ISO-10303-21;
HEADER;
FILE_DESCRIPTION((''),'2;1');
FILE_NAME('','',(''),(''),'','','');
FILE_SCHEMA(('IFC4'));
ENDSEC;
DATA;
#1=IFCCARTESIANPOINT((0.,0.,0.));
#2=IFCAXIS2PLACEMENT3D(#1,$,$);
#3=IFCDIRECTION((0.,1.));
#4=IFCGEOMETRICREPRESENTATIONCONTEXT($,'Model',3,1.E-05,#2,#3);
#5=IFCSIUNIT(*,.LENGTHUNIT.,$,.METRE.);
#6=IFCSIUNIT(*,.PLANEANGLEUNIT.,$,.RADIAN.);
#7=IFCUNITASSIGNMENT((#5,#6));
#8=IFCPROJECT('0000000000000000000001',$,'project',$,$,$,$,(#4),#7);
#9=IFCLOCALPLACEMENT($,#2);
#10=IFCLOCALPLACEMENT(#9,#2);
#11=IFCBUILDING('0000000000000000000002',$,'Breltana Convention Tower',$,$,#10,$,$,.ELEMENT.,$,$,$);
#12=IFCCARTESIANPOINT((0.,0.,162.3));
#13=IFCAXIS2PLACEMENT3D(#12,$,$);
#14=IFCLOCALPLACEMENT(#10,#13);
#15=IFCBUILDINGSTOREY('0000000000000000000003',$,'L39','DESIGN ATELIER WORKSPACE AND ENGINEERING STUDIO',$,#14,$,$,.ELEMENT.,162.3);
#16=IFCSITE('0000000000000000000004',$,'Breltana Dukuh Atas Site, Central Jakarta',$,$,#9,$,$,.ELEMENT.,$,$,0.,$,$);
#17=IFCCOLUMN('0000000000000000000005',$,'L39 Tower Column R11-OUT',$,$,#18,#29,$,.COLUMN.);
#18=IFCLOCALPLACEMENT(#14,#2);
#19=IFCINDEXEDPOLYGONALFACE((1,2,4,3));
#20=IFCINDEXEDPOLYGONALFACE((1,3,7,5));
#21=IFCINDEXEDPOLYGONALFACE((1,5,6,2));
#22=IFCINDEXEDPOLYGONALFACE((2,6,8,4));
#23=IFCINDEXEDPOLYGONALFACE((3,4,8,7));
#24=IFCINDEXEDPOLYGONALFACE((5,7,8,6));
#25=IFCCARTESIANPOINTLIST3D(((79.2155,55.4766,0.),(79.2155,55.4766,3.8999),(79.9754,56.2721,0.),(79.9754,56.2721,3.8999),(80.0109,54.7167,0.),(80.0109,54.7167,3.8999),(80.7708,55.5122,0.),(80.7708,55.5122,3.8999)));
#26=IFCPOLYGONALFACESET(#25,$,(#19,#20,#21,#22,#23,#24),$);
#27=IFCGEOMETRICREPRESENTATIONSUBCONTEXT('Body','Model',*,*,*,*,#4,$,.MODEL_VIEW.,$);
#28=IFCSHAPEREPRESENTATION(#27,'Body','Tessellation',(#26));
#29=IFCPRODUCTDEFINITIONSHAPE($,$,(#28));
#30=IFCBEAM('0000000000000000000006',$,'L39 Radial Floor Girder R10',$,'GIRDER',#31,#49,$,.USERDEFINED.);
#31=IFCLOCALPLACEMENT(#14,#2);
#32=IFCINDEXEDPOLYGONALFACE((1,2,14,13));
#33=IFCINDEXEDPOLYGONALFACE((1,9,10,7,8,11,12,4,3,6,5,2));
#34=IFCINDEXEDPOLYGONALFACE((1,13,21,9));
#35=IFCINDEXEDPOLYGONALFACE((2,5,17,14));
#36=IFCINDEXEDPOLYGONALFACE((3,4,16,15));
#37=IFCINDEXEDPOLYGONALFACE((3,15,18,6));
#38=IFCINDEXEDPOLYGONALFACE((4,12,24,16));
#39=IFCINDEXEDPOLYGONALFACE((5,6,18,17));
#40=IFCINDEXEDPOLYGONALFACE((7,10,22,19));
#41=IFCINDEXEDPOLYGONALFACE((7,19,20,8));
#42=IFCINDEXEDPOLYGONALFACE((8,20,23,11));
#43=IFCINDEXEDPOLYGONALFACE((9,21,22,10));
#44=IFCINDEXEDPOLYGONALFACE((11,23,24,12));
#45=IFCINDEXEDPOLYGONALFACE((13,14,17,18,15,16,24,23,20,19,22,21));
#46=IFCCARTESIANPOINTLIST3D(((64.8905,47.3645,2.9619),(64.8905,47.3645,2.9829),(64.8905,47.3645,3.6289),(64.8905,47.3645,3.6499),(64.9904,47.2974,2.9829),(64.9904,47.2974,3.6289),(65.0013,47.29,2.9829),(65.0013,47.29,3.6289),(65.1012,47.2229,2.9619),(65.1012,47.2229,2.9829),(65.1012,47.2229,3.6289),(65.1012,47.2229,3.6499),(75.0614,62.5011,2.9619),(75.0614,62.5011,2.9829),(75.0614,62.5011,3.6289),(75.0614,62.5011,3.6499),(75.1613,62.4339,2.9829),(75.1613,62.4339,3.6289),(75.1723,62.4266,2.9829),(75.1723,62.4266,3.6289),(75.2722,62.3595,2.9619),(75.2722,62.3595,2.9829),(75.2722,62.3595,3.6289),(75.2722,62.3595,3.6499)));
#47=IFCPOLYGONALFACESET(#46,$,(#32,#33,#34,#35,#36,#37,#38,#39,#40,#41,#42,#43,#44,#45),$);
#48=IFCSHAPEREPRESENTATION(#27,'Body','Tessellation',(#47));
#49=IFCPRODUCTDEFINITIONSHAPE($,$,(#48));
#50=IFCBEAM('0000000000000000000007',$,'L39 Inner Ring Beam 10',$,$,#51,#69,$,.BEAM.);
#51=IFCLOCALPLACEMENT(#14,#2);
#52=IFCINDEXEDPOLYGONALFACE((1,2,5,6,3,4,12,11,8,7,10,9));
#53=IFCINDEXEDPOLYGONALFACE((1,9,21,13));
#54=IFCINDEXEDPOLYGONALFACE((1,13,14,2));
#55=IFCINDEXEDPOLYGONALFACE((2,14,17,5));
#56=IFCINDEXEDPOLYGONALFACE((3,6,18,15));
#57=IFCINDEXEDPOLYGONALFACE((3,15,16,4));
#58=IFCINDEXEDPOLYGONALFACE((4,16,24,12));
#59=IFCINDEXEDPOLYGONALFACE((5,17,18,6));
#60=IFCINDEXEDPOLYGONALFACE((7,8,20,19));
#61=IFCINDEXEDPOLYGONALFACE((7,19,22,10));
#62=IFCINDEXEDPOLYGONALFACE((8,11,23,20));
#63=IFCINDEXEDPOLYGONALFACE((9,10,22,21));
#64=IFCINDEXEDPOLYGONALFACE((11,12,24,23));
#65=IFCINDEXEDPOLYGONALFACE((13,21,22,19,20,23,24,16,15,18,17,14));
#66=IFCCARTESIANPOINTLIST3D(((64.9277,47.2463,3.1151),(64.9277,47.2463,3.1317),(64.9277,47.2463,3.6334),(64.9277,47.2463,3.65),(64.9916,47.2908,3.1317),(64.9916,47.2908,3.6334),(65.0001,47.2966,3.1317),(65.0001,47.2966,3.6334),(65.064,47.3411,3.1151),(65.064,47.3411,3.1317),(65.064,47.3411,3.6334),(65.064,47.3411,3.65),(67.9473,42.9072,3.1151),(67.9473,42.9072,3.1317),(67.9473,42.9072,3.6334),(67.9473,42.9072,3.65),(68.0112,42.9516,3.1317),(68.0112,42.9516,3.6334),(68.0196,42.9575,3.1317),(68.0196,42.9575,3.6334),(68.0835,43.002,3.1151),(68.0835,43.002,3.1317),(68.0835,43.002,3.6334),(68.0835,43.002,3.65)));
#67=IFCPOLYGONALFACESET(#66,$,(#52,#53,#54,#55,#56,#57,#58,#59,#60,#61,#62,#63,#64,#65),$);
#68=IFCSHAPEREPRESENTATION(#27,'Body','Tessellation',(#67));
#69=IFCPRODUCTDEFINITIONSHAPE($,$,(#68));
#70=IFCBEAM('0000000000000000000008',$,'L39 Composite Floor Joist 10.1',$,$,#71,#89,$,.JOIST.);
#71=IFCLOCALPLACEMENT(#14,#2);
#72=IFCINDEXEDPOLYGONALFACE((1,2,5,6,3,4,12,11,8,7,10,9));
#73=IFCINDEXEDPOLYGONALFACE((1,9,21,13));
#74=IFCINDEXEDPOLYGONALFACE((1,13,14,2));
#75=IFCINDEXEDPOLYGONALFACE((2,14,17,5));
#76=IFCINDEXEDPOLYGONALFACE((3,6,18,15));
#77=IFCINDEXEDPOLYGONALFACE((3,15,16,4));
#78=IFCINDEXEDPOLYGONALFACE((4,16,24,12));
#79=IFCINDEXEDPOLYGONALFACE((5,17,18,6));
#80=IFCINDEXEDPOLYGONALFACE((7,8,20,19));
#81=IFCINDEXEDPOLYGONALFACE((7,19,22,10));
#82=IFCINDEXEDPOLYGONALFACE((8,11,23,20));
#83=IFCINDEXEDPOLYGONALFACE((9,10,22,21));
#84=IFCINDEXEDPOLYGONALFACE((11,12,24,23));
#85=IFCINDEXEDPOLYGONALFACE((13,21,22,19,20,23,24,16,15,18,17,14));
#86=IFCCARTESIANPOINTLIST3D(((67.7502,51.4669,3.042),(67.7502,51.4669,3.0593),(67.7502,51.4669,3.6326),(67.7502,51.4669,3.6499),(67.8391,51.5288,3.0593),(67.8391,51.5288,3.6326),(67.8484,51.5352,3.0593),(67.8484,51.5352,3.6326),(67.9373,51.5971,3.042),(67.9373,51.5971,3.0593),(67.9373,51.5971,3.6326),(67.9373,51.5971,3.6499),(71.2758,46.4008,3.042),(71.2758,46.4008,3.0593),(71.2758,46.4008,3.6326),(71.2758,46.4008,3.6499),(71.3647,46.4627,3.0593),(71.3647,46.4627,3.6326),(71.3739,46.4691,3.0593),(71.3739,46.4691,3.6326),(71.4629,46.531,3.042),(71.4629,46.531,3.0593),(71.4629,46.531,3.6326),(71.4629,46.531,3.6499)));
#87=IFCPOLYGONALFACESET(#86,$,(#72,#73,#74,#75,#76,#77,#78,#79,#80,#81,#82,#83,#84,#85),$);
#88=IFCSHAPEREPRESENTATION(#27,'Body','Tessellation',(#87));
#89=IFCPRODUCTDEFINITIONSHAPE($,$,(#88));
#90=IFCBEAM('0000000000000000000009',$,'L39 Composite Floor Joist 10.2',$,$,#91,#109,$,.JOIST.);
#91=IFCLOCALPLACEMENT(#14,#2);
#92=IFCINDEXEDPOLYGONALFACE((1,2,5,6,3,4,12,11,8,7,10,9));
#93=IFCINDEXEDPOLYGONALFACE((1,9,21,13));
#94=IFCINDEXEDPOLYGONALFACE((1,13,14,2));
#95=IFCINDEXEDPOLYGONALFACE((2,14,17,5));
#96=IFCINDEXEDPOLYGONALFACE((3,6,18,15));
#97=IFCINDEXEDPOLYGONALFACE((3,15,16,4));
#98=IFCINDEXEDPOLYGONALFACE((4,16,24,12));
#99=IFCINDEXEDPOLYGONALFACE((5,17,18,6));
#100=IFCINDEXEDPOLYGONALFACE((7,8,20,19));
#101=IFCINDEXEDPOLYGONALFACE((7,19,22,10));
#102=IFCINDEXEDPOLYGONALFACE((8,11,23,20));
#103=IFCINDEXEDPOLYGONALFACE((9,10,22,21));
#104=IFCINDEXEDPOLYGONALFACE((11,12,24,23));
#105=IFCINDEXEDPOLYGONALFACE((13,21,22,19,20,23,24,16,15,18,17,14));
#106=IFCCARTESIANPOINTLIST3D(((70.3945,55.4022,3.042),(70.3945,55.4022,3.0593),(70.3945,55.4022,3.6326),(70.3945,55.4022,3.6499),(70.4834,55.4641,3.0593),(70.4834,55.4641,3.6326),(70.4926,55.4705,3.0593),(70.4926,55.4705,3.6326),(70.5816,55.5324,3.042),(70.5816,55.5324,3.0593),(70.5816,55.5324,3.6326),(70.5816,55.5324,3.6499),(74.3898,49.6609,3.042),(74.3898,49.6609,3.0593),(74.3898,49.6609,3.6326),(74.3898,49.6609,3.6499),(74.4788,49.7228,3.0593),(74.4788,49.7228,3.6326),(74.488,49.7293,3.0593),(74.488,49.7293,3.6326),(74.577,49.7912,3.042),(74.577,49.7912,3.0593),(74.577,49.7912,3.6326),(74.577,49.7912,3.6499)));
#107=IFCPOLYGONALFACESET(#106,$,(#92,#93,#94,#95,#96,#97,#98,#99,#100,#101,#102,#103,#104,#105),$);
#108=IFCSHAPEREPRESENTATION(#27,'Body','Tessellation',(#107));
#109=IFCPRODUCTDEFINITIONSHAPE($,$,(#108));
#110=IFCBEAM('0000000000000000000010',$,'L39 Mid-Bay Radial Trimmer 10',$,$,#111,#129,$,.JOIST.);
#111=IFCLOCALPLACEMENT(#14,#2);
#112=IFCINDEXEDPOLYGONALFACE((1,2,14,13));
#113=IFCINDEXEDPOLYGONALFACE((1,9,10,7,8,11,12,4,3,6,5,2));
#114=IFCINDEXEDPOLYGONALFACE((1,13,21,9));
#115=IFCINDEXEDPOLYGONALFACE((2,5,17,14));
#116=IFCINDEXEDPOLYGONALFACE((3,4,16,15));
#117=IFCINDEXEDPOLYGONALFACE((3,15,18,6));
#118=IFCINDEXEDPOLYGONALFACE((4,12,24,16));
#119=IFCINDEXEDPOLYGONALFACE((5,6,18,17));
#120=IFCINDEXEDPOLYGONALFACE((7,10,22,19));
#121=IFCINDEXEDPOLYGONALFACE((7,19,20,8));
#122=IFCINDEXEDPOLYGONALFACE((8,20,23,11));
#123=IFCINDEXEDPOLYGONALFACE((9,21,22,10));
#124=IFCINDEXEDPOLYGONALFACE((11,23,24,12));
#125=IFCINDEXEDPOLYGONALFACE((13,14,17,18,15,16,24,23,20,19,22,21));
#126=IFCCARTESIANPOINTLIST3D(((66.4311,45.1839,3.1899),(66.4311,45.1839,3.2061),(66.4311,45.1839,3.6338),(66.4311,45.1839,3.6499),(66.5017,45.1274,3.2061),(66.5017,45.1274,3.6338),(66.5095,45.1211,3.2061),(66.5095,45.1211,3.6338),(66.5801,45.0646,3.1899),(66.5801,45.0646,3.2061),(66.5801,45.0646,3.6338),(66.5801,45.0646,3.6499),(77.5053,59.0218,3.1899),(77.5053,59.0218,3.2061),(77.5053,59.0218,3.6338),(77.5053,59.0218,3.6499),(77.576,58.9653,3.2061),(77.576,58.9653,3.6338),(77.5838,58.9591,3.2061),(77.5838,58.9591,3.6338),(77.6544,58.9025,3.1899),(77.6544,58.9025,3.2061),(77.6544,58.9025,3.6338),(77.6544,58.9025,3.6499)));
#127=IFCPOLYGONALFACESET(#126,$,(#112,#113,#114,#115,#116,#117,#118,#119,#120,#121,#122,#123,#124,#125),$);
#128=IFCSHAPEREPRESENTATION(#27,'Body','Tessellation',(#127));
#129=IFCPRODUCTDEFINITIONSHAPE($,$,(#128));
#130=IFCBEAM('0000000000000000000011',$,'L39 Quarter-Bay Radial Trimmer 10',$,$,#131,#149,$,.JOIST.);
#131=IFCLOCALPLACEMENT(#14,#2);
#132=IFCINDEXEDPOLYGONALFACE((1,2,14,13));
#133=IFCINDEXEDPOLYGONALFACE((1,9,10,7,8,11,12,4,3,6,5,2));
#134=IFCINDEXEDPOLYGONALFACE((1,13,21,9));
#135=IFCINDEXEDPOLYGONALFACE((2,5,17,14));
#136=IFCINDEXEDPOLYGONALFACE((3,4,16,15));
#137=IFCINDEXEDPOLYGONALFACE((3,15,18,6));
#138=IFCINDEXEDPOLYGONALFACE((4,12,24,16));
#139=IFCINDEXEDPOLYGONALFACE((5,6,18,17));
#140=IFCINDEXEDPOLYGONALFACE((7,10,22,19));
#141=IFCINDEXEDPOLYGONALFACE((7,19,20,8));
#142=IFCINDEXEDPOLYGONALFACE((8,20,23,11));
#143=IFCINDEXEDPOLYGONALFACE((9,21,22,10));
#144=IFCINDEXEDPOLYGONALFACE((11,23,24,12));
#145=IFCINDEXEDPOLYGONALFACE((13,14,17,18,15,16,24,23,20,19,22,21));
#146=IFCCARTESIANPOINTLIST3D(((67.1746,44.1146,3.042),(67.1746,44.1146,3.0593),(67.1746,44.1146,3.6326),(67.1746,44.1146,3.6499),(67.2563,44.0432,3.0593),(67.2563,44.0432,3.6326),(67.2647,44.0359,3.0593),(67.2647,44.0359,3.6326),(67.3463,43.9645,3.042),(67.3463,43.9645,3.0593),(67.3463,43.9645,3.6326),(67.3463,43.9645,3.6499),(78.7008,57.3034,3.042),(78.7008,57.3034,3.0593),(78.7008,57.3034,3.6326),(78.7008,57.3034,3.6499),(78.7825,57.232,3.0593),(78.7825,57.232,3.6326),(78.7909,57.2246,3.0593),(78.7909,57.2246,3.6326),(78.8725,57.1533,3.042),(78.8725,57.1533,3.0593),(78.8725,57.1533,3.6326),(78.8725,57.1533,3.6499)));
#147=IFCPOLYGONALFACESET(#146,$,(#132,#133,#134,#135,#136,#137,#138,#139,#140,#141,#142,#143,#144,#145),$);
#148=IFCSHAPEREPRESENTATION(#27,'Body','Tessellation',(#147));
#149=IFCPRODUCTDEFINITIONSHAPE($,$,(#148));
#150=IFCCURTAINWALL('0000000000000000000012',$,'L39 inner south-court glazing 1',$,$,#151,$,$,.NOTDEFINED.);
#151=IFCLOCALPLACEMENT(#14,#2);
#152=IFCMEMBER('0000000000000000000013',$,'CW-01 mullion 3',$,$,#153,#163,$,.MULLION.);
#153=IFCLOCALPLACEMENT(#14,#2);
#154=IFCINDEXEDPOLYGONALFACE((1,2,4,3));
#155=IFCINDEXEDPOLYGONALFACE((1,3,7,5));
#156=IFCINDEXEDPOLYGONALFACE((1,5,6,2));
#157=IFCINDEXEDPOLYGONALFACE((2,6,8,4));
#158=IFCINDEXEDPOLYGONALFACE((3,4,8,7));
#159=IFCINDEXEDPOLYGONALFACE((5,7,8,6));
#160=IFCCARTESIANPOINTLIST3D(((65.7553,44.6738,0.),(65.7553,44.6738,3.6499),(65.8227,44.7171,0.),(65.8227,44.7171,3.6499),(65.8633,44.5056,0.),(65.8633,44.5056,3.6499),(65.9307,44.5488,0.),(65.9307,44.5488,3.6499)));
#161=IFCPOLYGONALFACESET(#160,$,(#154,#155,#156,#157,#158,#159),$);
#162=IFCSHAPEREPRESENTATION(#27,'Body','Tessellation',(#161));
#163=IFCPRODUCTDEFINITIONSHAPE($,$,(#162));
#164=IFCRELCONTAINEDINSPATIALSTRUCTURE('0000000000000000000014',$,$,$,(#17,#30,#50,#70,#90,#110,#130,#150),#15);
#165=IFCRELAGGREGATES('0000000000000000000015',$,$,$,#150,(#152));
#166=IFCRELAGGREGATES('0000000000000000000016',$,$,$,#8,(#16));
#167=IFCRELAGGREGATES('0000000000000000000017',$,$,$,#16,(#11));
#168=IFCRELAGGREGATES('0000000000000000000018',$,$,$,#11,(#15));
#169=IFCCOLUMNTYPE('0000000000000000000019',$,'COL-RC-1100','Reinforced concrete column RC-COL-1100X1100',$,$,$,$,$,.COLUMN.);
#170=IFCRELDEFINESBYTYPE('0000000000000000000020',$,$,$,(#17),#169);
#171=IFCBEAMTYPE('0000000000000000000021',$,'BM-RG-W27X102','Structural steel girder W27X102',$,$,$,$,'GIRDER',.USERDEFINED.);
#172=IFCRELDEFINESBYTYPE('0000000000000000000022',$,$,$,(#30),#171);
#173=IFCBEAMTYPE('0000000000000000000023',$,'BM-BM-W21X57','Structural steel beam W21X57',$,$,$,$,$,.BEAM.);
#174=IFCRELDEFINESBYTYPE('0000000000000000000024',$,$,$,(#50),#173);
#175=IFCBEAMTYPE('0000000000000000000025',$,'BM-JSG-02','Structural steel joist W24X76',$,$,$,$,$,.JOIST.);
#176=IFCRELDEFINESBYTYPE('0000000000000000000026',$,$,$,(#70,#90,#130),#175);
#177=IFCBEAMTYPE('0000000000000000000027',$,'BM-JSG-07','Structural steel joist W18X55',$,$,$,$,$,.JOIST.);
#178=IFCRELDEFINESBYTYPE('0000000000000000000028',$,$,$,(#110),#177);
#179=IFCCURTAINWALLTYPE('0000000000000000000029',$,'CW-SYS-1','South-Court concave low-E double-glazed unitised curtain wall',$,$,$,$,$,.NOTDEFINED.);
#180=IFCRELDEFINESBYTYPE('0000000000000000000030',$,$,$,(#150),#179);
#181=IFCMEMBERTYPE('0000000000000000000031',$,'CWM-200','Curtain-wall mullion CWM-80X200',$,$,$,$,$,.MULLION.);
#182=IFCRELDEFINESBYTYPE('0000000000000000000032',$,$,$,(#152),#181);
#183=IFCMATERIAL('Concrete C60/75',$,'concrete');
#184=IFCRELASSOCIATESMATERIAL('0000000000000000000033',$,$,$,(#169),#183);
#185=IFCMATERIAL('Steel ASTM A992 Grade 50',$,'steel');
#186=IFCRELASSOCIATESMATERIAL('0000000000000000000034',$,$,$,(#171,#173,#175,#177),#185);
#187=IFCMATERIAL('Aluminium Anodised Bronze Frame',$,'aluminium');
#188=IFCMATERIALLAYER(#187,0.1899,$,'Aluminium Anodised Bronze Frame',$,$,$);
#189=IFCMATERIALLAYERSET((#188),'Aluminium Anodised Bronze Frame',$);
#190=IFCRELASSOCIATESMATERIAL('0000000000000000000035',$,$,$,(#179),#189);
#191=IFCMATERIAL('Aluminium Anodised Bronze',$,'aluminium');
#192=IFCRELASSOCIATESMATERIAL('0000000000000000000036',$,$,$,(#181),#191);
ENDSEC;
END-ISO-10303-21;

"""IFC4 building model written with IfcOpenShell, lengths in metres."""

from ifc_helpers import new_model, si_unit, direction, frame, origin, origin_2d, place, context, subcontext, project, spatial, rectangle, i_section, extrude, source, transform, mapped, material, layer, layer_set, material_profile, profile_set, type_object, element, aggregate, save


model = new_model("IFC4")

# Units and contexts
model_context = context("Model", 3, precision=1e-05, world=origin(), true_north=direction((0.0, 1.0)))
body_context = subcontext(model_context, "Body", "Model", "MODEL_VIEW")
ifc_project = project(units=[si_unit("LENGTHUNIT", "METRE"), si_unit("PLANEANGLEUNIT", "RADIAN")], contexts=[model_context])

# Site, building, storey
site_placement = place(None, origin())
site = spatial("IfcSite", under=ifc_project, at=site_placement, Name="Breltana Dukuh Atas Site, Central Jakarta", CompositionType="ELEMENT", RefElevation=0.0)
building_placement = place(site_placement, origin())
building = spatial("IfcBuilding", under=site, at=building_placement, Name="Breltana Convention Tower", CompositionType="ELEMENT")
storey_placement = place(building_placement, frame((0.0, 0.0, 162.3)))
storey = spatial("IfcBuildingStorey", under=building, at=storey_placement, Name="L39", Description="DESIGN ATELIER WORKSPACE AND ENGINEERING STUDIO", CompositionType="ELEMENT", Elevation=162.3)

# Column
ifc_material_1 = material(Name="Concrete C60/75", Category="concrete")
ifc_material_profile_1 = material_profile(ifc_material_1, rectangle(XDim=1.1001, YDim=1.1001, at=origin_2d()), Name="RC-COL-1100X1100")
ifc_profile_set_1 = profile_set([ifc_material_profile_1], Name="Concrete C60/75")
column_type = type_object("IfcColumnType", Name="COL-RC-1100", Description="Reinforced concrete column RC-COL-1100X1100", PredefinedType="COLUMN", material=ifc_profile_set_1)
shared_shape_1 = source(origin(), body_context, "Body", "SweptSolid", [
    extrude(rectangle(XDim=1.1001, YDim=1.1001, at=origin_2d()), origin(), (0.0, 0.0, 1.0), 3.8999),
])
column_placement = place(storey_placement, frame((79.9932, 55.4944, 0.0), z_axis=(0.0, 0.0, 1.0), x_axis=(0.690756, 0.723088, 0.0)))
element("IfcColumn", 1, at=column_placement, inside=storey, type_object=column_type, Name="L39 Tower Column R11-OUT", PredefinedType="COLUMN", context=body_context, shape_type="MappedRepresentation", body=[
    mapped(shared_shape_1, transform((0.0, 0.0, 0.0), scale=1.0)),
])

# Beams
ifc_material_2 = material(Name="Steel ASTM A992 Grade 50", Category="steel")
ifc_material_profile_2 = material_profile(ifc_material_2, i_section(OverallWidth=0.2539, OverallDepth=0.688, WebThickness=0.0132, FlangeThickness=0.021, at=origin_2d()), Name="W27X102")
ifc_profile_set_2 = profile_set([ifc_material_profile_2], Name="Steel ASTM A992 Grade 50")
beam_type_1 = type_object("IfcBeamType", Name="BM-RG-W27X102", Description="Structural steel girder W27X102", ElementType="GIRDER", PredefinedType="USERDEFINED", material=ifc_profile_set_2)
shared_shape_2 = source(origin(), body_context, "Body", "SweptSolid", [
    extrude(i_section(OverallWidth=0.2539, OverallDepth=0.688, WebThickness=0.0132, FlangeThickness=0.021, at=origin_2d()), origin(), (0.0, 0.0, 1.0), 18.2363),
])
beam_1_placement = place(storey_placement, frame((64.9958, 47.2937, 3.3059), z_axis=(0.55773, 0.830022, 0.0), x_axis=(-0.830022, 0.55773, 0.0)))
element("IfcBeam", 2, at=beam_1_placement, inside=storey, type_object=beam_type_1, Name="L39 Radial Floor Girder R10", ObjectType="GIRDER", PredefinedType="USERDEFINED", context=body_context, shape_type="MappedRepresentation", body=[
    mapped(shared_shape_2, transform((0.0, 0.0, 0.0), scale=1.0)),
])
ifc_material_profile_3 = material_profile(ifc_material_2, i_section(OverallWidth=0.166, OverallDepth=0.5349, WebThickness=0.0103, FlangeThickness=0.0166, at=origin_2d()), Name="W21X57")
ifc_profile_set_3 = profile_set([ifc_material_profile_3], Name="Steel ASTM A992 Grade 50")
beam_type_2 = type_object("IfcBeamType", Name="BM-BM-W21X57", Description="Structural steel beam W21X57", PredefinedType="BEAM", material=ifc_profile_set_3)
shared_shape_3 = source(origin(), body_context, "Body", "SweptSolid", [
    extrude(i_section(OverallWidth=0.166, OverallDepth=0.5349, WebThickness=0.0103, FlangeThickness=0.0166, at=origin_2d()), origin(), (0.0, 0.0, 1.0), 5.2864),
])
beam_2_placement = place(storey_placement, frame((64.9958, 47.2937, 3.3826), z_axis=(0.571194, -0.820815, 0.0), x_axis=(0.820815, 0.571194, 0.0)))
element("IfcBeam", 3, at=beam_2_placement, inside=storey, type_object=beam_type_2, Name="L39 Inner Ring Beam 10", PredefinedType="BEAM", context=body_context, shape_type="MappedRepresentation", body=[
    mapped(shared_shape_3, transform((0.0, 0.0, 0.0), scale=1.0)),
])
ifc_material_profile_4 = material_profile(ifc_material_2, i_section(OverallWidth=0.228, OverallDepth=0.6079, WebThickness=0.0112, FlangeThickness=0.0173, at=origin_2d()), Name="W24X76")
ifc_profile_set_4 = profile_set([ifc_material_profile_4], Name="Steel ASTM A992 Grade 50")
beam_type_3 = type_object("IfcBeamType", Name="BM-JSG-02", Description="Structural steel joist W24X76", PredefinedType="JOIST", material=ifc_profile_set_4)
shared_shape_4 = source(origin(), body_context, "Body", "SweptSolid", [
    extrude(i_section(OverallWidth=0.228, OverallDepth=0.6079, WebThickness=0.0112, FlangeThickness=0.0173, at=origin_2d()), origin(), (0.0, 0.0, 1.0), 6.1721),
])
beam_3_placement = place(storey_placement, frame((67.8438, 51.532, 3.3459), z_axis=(0.571212, -0.820803, 0.0), x_axis=(0.820803, 0.571212, 0.0)))
element("IfcBeam", 4, at=beam_3_placement, inside=storey, type_object=beam_type_3, Name="L39 Composite Floor Joist 10.1", PredefinedType="JOIST", context=body_context, shape_type="MappedRepresentation", body=[
    mapped(shared_shape_4, transform((0.0, 0.0, 0.0), scale=1.0)),
])
shared_shape_5 = source(origin(), body_context, "Body", "SweptSolid", [
    extrude(i_section(OverallWidth=0.228, OverallDepth=0.6079, WebThickness=0.0112, FlangeThickness=0.0173, at=origin_2d()), origin(), (0.0, 0.0, 1.0), 6.9946),
])
beam_4_placement = place(storey_placement, frame((70.488, 55.4673, 3.3459), z_axis=(0.571207, -0.820806, 0.0), x_axis=(0.820806, 0.571207, 0.0)))
element("IfcBeam", 5, at=beam_4_placement, inside=storey, type_object=beam_type_3, Name="L39 Composite Floor Joist 10.2", PredefinedType="JOIST", context=body_context, shape_type="MappedRepresentation", body=[
    mapped(shared_shape_5, transform((0.0, 0.0, 0.0), scale=1.0)),
])
ifc_material_profile_5 = material_profile(ifc_material_2, i_section(OverallWidth=0.1909, OverallDepth=0.46, WebThickness=0.01, FlangeThickness=0.0161, at=origin_2d()), Name="W18X55")
ifc_profile_set_5 = profile_set([ifc_material_profile_5], Name="Steel ASTM A992 Grade 50")
beam_type_4 = type_object("IfcBeamType", Name="BM-JSG-07", Description="Structural steel joist W18X55", PredefinedType="JOIST", material=ifc_profile_set_5)
shared_shape_6 = source(origin(), body_context, "Body", "SweptSolid", [
    extrude(i_section(OverallWidth=0.1909, OverallDepth=0.46, WebThickness=0.01, FlangeThickness=0.0161, at=origin_2d()), origin(), (0.0, 0.0, 1.0), 17.7236),
])
beam_5_placement = place(storey_placement, frame((66.5056, 45.1243, 3.4199), z_axis=(0.624829, 0.780761, 0.0), x_axis=(-0.780761, 0.624829, 0.0)))
element("IfcBeam", 6, at=beam_5_placement, inside=storey, type_object=beam_type_4, Name="L39 Mid-Bay Radial Trimmer 10", PredefinedType="JOIST", context=body_context, shape_type="MappedRepresentation", body=[
    mapped(shared_shape_6, transform((0.0, 0.0, 0.0), scale=1.0)),
])
shared_shape_7 = source(origin(), body_context, "Body", "SweptSolid", [
    extrude(i_section(OverallWidth=0.228, OverallDepth=0.6079, WebThickness=0.0112, FlangeThickness=0.0173, at=origin_2d()), origin(), (0.0, 0.0, 1.0), 17.5156),
])
beam_6_placement = place(storey_placement, frame((67.2605, 44.0396, 3.3459), z_axis=(0.658052, 0.752973, 0.0), x_axis=(-0.752973, 0.658052, 0.0)))
element("IfcBeam", 7, at=beam_6_placement, inside=storey, type_object=beam_type_3, Name="L39 Quarter-Bay Radial Trimmer 10", PredefinedType="JOIST", context=body_context, shape_type="MappedRepresentation", body=[
    mapped(shared_shape_7, transform((0.0, 0.0, 0.0), scale=1.0)),
])

# Curtain wall, member
ifc_material_3 = material(Name="Aluminium Anodised Bronze Frame", Category="aluminium")
ifc_layer_1 = layer(ifc_material_3, 0.1899, Name="Aluminium Anodised Bronze Frame")
ifc_layer_set_1 = layer_set([ifc_layer_1], Name="Aluminium Anodised Bronze Frame")
curtain_wall_type_1 = type_object("IfcCurtainWallType", Name="CW-SYS-1", Description="South-Court concave low-E double-glazed unitised curtain wall", PredefinedType="NOTDEFINED", material=ifc_layer_set_1)
curtain_wall_1_placement = place(storey_placement, origin())
curtain_wall_1 = element("IfcCurtainWall", 8, at=curtain_wall_1_placement, inside=storey, type_object=curtain_wall_type_1, Name="L39 inner south-court glazing 1", PredefinedType="NOTDEFINED")
ifc_material_4 = material(Name="Aluminium Anodised Bronze", Category="aluminium")
ifc_material_profile_6 = material_profile(ifc_material_4, rectangle(XDim=0.0801, YDim=0.2, at=origin_2d()), Name="CWM-80X200")
ifc_profile_set_6 = profile_set([ifc_material_profile_6], Name="Aluminium Anodised Bronze")
member_type_1 = type_object("IfcMemberType", Name="CWM-200", Description="Curtain-wall mullion CWM-80X200", PredefinedType="MULLION", material=ifc_profile_set_6)
shared_shape_8 = source(origin(), body_context, "Body", "SweptSolid", [
    extrude(rectangle(XDim=0.0801, YDim=0.2, at=origin_2d()), origin(), (0.0, 0.0, 1.0), 3.6499),
])
member_1_placement = place(storey_placement, frame((65.843, 44.6113, 0.0), z_axis=(0.0, 0.0, 1.0), x_axis=(-0.841547, -0.540184, 0.0)))
member_1 = element("IfcMember", 9, at=member_1_placement, type_object=member_type_1, Name="CW-01 mullion 3", PredefinedType="MULLION", context=body_context, shape_type="MappedRepresentation", body=[
    mapped(shared_shape_8, transform((0.0, 0.0, 0.0), scale=1.0)),
])

aggregate(curtain_wall_1, [member_1])

save(model, "model.ifc")
